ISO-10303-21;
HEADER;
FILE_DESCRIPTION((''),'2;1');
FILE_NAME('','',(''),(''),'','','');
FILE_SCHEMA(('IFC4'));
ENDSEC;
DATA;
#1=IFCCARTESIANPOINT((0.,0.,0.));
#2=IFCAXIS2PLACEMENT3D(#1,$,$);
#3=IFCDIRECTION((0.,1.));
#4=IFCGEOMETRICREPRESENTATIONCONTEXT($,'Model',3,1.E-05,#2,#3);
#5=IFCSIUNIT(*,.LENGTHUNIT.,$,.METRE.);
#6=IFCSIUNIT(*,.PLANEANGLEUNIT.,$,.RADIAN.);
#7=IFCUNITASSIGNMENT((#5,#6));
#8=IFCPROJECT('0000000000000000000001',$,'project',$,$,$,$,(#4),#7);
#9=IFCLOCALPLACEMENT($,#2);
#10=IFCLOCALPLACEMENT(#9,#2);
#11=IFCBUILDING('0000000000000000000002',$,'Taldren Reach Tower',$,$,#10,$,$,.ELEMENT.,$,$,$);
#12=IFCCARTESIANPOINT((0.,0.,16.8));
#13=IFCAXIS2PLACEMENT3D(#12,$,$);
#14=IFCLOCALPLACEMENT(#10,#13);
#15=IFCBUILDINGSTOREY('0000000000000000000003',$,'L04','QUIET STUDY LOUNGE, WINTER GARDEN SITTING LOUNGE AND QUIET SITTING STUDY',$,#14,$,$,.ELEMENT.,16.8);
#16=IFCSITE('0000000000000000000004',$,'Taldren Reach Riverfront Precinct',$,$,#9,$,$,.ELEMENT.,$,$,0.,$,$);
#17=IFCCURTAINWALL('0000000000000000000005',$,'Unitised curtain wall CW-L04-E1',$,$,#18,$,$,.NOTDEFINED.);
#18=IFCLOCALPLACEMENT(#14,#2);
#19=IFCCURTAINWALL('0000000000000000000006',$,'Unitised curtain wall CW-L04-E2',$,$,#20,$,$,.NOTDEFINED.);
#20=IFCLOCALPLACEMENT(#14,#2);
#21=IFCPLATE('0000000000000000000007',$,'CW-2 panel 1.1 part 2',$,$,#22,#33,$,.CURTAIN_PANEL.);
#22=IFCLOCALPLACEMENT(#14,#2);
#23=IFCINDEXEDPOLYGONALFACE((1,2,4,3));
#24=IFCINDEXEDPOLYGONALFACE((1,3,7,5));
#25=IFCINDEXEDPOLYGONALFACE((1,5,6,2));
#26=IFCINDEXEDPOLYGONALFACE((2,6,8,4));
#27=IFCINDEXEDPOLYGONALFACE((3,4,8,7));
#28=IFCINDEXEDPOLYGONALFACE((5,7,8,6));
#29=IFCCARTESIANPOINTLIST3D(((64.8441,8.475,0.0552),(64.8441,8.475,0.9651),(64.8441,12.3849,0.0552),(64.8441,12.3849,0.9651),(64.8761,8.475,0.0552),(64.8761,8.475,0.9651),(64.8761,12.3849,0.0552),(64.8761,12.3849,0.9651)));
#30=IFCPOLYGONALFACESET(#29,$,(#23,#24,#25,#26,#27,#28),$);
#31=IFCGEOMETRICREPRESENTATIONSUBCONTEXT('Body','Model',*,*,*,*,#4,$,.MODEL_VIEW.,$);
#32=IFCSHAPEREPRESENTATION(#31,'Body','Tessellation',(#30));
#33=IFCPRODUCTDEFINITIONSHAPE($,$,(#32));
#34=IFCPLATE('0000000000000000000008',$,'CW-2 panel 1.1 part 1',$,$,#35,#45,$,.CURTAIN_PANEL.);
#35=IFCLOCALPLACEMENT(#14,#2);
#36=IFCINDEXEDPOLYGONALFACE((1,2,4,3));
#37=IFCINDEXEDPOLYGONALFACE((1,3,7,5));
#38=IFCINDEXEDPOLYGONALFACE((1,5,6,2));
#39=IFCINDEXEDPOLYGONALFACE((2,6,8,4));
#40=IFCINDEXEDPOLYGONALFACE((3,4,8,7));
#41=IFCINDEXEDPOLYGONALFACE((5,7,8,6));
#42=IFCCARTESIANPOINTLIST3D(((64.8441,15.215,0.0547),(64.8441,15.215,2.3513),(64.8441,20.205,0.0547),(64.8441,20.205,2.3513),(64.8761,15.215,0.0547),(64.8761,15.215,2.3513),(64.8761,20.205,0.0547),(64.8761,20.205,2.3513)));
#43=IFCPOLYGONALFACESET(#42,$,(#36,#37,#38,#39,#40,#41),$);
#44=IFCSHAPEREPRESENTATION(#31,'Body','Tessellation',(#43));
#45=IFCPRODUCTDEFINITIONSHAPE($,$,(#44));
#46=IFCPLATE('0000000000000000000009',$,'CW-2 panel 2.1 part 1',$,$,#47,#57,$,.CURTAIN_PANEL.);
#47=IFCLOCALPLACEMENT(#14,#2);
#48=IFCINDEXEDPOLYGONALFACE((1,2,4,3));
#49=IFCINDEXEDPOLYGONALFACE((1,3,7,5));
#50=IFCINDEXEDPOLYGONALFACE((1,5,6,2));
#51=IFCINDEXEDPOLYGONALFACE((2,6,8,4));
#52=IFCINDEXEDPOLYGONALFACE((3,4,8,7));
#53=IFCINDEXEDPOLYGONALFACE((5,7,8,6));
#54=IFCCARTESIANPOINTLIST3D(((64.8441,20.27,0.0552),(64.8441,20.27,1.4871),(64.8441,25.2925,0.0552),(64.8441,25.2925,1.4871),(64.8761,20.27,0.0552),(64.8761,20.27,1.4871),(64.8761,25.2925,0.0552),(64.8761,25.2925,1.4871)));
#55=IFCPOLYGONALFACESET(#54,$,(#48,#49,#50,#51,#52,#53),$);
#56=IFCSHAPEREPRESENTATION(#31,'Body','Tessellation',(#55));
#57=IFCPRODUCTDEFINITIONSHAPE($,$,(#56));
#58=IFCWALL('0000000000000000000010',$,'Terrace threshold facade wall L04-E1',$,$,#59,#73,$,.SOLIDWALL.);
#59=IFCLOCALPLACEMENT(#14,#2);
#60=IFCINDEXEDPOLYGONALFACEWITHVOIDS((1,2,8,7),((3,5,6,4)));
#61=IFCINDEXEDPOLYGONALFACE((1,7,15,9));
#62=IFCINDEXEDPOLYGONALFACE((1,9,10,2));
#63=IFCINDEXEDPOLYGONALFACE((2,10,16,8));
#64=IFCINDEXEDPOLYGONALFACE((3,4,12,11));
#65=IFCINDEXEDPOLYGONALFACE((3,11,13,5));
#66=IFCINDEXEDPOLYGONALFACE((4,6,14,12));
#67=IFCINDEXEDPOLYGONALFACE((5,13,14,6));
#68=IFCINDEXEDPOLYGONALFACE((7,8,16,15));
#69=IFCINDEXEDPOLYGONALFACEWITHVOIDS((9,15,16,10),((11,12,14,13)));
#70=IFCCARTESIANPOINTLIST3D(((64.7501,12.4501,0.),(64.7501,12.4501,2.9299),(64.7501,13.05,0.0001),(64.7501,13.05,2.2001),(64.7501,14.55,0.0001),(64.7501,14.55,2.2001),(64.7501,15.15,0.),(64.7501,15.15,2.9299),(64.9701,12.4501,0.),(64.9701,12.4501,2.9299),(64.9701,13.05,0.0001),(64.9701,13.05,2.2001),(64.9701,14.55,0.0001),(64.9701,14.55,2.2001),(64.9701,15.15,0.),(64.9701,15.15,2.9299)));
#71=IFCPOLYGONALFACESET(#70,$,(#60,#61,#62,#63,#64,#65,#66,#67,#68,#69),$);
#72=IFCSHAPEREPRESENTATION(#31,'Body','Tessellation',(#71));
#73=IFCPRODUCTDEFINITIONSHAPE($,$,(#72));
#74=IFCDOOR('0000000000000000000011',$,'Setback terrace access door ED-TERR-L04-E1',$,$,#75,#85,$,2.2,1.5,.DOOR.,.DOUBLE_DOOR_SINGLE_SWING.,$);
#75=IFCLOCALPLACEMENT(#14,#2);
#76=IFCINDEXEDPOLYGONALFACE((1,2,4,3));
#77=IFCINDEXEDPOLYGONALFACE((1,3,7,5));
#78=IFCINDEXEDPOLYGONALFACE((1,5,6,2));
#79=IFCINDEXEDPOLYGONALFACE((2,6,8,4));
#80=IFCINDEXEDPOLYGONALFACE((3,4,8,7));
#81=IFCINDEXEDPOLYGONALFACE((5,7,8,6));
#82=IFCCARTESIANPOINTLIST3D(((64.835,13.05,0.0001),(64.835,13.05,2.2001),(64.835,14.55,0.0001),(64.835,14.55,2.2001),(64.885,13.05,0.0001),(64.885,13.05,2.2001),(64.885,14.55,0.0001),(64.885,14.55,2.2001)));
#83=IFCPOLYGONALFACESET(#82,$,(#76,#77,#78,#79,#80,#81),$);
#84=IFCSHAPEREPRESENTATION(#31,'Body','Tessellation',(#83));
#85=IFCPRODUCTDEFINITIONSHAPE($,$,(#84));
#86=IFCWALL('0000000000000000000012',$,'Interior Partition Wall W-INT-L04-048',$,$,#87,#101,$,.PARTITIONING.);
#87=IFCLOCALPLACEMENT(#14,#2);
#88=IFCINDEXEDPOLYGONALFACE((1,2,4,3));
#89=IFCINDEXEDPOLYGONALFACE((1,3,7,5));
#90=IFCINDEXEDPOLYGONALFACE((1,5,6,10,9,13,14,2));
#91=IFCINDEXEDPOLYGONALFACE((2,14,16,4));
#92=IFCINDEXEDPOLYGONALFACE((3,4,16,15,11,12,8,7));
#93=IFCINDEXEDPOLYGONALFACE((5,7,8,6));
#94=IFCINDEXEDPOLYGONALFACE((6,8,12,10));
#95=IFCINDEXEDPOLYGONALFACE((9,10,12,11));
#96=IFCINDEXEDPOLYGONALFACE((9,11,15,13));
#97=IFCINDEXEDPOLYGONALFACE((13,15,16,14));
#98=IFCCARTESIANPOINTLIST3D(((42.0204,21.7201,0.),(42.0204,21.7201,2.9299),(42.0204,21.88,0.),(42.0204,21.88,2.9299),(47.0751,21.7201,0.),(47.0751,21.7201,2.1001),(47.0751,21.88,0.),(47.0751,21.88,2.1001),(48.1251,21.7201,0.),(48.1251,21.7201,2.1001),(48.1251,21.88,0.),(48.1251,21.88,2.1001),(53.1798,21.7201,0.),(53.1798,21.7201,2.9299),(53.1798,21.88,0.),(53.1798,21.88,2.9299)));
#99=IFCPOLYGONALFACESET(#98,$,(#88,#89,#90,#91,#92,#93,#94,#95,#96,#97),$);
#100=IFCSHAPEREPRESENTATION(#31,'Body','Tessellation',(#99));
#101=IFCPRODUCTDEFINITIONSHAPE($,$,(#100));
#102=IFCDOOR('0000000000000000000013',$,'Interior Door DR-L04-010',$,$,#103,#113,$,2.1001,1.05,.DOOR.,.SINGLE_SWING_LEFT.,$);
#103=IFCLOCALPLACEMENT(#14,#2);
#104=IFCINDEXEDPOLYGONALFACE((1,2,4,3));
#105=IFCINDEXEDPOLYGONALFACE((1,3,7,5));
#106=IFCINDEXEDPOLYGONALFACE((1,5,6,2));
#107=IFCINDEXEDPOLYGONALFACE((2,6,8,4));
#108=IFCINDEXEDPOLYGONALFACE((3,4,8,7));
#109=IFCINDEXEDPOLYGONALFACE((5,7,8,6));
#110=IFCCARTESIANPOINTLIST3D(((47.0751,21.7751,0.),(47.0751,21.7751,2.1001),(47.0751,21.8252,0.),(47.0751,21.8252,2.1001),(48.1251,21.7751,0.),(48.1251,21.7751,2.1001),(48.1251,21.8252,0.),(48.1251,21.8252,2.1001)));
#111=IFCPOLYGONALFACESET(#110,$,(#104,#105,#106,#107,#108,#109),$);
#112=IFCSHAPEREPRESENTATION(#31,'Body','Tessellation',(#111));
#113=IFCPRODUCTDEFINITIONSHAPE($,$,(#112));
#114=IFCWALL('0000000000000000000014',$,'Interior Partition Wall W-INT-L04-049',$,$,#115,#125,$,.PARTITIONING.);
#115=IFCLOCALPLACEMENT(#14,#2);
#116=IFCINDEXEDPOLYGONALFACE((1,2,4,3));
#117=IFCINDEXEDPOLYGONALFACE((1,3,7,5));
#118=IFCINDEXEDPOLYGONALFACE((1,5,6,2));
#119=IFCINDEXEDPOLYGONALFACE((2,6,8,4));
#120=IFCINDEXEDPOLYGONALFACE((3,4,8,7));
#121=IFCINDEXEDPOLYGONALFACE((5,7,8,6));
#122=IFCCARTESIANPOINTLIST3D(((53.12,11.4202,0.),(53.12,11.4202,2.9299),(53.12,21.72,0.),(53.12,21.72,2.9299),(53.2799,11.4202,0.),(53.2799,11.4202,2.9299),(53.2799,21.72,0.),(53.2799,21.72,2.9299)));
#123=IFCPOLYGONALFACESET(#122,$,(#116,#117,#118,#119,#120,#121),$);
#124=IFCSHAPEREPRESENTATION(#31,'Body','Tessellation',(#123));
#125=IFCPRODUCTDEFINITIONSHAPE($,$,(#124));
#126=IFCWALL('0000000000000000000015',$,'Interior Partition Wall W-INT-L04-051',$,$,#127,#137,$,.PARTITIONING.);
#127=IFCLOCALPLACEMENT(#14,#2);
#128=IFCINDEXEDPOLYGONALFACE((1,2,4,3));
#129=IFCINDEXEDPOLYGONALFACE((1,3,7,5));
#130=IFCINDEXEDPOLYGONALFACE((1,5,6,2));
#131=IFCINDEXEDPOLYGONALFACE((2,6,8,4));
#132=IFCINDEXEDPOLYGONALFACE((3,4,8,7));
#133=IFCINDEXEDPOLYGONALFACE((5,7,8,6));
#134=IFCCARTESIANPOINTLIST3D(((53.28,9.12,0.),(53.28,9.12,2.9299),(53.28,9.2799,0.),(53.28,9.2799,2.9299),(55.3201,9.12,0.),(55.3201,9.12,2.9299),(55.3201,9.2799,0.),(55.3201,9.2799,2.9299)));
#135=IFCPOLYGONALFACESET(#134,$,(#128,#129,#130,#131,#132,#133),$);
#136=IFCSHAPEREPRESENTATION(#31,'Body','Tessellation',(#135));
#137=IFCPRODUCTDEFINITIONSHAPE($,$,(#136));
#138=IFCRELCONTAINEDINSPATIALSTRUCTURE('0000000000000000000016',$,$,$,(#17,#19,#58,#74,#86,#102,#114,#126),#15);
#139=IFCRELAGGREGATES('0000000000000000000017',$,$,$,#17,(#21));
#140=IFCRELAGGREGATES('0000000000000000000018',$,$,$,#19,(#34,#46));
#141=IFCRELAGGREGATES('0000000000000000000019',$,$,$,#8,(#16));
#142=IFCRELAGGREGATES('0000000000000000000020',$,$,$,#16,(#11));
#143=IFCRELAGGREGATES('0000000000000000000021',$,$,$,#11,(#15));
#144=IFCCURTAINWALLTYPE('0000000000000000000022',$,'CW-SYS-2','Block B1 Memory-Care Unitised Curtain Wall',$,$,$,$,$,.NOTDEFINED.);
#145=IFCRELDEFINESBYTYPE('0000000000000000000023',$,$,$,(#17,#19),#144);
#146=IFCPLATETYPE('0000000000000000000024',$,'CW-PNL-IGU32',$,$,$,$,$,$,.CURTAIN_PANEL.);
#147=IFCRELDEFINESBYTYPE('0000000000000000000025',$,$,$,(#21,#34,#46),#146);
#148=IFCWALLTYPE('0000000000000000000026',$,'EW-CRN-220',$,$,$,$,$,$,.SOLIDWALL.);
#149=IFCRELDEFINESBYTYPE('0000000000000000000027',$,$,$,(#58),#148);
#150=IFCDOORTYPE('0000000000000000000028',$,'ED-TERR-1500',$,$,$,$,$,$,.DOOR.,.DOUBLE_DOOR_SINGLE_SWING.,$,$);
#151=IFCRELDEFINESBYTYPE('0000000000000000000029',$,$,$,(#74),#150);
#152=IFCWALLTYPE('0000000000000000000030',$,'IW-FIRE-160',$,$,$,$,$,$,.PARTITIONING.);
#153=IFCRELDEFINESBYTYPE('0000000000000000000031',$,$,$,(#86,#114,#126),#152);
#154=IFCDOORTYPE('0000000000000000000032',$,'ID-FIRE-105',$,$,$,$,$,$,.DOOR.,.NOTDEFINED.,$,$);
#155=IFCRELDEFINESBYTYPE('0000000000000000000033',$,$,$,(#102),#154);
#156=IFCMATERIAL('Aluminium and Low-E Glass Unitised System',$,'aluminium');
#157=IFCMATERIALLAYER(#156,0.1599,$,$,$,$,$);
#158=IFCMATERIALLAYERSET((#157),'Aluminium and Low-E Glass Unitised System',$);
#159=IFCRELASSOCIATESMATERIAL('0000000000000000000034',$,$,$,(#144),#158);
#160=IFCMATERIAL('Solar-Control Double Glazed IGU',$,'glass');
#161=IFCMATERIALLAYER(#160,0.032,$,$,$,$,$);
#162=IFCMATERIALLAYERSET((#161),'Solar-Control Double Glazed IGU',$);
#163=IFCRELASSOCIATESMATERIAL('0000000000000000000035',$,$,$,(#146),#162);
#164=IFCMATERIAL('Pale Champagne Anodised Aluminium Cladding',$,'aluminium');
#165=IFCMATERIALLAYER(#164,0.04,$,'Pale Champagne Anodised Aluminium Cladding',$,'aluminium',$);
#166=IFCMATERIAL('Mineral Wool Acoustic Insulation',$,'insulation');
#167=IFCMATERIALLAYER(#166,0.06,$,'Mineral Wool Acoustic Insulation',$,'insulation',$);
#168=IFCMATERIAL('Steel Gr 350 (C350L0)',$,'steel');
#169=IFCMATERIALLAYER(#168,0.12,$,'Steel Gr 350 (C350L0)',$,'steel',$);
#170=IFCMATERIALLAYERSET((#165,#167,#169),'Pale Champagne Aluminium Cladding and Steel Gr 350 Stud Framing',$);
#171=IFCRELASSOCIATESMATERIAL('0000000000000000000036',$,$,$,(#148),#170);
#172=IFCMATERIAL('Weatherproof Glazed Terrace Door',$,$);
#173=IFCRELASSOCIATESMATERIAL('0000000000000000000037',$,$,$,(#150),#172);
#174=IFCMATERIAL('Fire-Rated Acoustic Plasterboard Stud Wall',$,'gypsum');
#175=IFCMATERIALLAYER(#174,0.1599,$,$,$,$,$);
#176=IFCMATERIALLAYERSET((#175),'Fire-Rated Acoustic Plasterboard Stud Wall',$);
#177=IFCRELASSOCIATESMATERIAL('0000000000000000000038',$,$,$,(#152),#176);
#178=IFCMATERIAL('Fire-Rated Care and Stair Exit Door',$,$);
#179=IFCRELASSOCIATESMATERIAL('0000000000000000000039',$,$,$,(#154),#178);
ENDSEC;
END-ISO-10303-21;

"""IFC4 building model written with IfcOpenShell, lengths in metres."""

from ifc_helpers import new_model, si_unit, direction, frame, frame_2d, origin, origin_2d, place, context, subcontext, project, spatial, rectangle, extrude, source, transform, mapped, material, layer, layer_set, type_object, element, fill, aggregate, save


model = new_model("IFC4")

# Units and contexts
model_context = context("Model", 3, precision=1e-05, world=origin(), true_north=direction((0.0, 1.0)))
body_context = subcontext(model_context, "Body", "Model", "MODEL_VIEW")
ifc_project = project(units=[si_unit("LENGTHUNIT", "METRE"), si_unit("PLANEANGLEUNIT", "RADIAN")], contexts=[model_context])

# Site, building, storey
site_placement = place(None, origin())
site = spatial("IfcSite", under=ifc_project, at=site_placement, Name="Taldren Reach Riverfront Precinct", CompositionType="ELEMENT", RefElevation=0.0)
building_placement = place(site_placement, origin())
building = spatial("IfcBuilding", under=site, at=building_placement, Name="Taldren Reach Tower", CompositionType="ELEMENT")
storey_placement = place(building_placement, frame((0.0, 0.0, 16.8)))
storey = spatial("IfcBuildingStorey", under=building, at=storey_placement, Name="L04", Description="QUIET STUDY LOUNGE, WINTER GARDEN SITTING LOUNGE AND QUIET SITTING STUDY", CompositionType="ELEMENT", Elevation=16.8)

# Shared definitions
ifc_material_1 = material(Name="Steel Gr 350 (C350L0)", Category="steel")

# Curtain wall
ifc_material_2 = material(Name="Aluminium and Low-E Glass Unitised System", Category="aluminium")
ifc_layer_1 = layer(ifc_material_2, 0.1599)
ifc_layer_set_1 = layer_set([ifc_layer_1], Name="Aluminium and Low-E Glass Unitised System")
curtain_wall_type = type_object("IfcCurtainWallType", Name="CW-SYS-2", Description="Block B1 Memory-Care Unitised Curtain Wall", PredefinedType="NOTDEFINED", material=ifc_layer_set_1)
curtain_wall_1_placement = place(storey_placement, origin())
curtain_wall_1 = element("IfcCurtainWall", 1, at=curtain_wall_1_placement, inside=storey, type_object=curtain_wall_type, Name="Unitised curtain wall CW-L04-E1", PredefinedType="NOTDEFINED")

# Curtain wall
curtain_wall_2_placement = place(storey_placement, origin())
curtain_wall_2 = element("IfcCurtainWall", 2, at=curtain_wall_2_placement, inside=storey, type_object=curtain_wall_type, Name="Unitised curtain wall CW-L04-E2", PredefinedType="NOTDEFINED")

# Plates
ifc_material_3 = material(Name="Solar-Control Double Glazed IGU", Category="glass")
ifc_layer_2 = layer(ifc_material_3, 0.032)
ifc_layer_set_2 = layer_set([ifc_layer_2], Name="Solar-Control Double Glazed IGU")
plate_type_1 = type_object("IfcPlateType", Name="CW-PNL-IGU32", PredefinedType="CURTAIN_PANEL", material=ifc_layer_set_2)
shared_shape_1 = source(origin(), body_context, "Body", "SweptSolid", [
    extrude(rectangle(XDim=3.9099, YDim=0.032, at=origin_2d()), origin(), (0.0, 0.0, 1.0), 0.9099),
])
plate_1_placement = place(storey_placement, frame((64.8601, 10.4299, 0.0552), z_axis=(0.0, 0.0, 1.0), x_axis=(0.0, 1.0, 0.0)))
plate_1 = element("IfcPlate", 3, at=plate_1_placement, type_object=plate_type_1, Name="CW-2 panel 1.1 part 2", PredefinedType="CURTAIN_PANEL", context=body_context, shape_type="MappedRepresentation", body=[
    mapped(shared_shape_1, transform((0.0, 0.0, 0.0), scale=1.0)),
])
aggregate(curtain_wall_1, [plate_1])
shared_shape_2 = source(origin(), body_context, "Body", "SweptSolid", [
    extrude(rectangle(XDim=4.99, YDim=0.032, at=origin_2d()), origin(), (0.0, 0.0, 1.0), 2.2966),
])
plate_2_placement = place(storey_placement, frame((64.8601, 17.71, 0.0547), z_axis=(0.0, 0.0, 1.0), x_axis=(0.0, 1.0, 0.0)))
plate_2 = element("IfcPlate", 4, at=plate_2_placement, type_object=plate_type_1, Name="CW-2 panel 1.1 part 1", PredefinedType="CURTAIN_PANEL", context=body_context, shape_type="MappedRepresentation", body=[
    mapped(shared_shape_2, transform((0.0, 0.0, 0.0), scale=1.0)),
])
shared_shape_3 = source(origin(), body_context, "Body", "SweptSolid", [
    extrude(rectangle(XDim=5.0225, YDim=0.032, at=origin_2d()), origin(), (0.0, 0.0, 1.0), 1.4319),
])
plate_3_placement = place(storey_placement, frame((64.8601, 22.7812, 0.0552), z_axis=(0.0, 0.0, 1.0), x_axis=(0.0, 1.0, 0.0)))
plate_3 = element("IfcPlate", 5, at=plate_3_placement, type_object=plate_type_1, Name="CW-2 panel 2.1 part 1", PredefinedType="CURTAIN_PANEL", context=body_context, shape_type="MappedRepresentation", body=[
    mapped(shared_shape_3, transform((0.0, 0.0, 0.0), scale=1.0)),
])
aggregate(curtain_wall_2, [plate_2, plate_3])

# Walls, openings, doors
ifc_material_4 = material(Name="Pale Champagne Anodised Aluminium Cladding", Category="aluminium")
ifc_layer_3 = layer(ifc_material_4, 0.04, Name="Pale Champagne Anodised Aluminium Cladding", Category="aluminium")
ifc_material_5 = material(Name="Mineral Wool Acoustic Insulation", Category="insulation")
ifc_layer_4 = layer(ifc_material_5, 0.06, Name="Mineral Wool Acoustic Insulation", Category="insulation")
ifc_layer_5 = layer(ifc_material_1, 0.12, Name="Steel Gr 350 (C350L0)", Category="steel")
ifc_layer_set_3 = layer_set([ifc_layer_3, ifc_layer_4, ifc_layer_5], Name="Pale Champagne Aluminium Cladding and Steel Gr 350 Stud Framing")
wall_type_1 = type_object("IfcWallType", Name="EW-CRN-220", PredefinedType="SOLIDWALL", material=ifc_layer_set_3)
shared_shape_4 = source(origin(), body_context, "Body", "SweptSolid", [
    extrude(rectangle(XDim=2.7, YDim=0.22, at=frame_2d((1.3501, 0.0))), origin(), (0.0, 0.0, 1.0), 2.9299),
])
wall_1_placement = place(storey_placement, frame((64.8601, 12.45, 0.0), z_axis=(0.0, 0.0, 1.0), x_axis=(0.0, 1.0, 0.0)))
wall_1 = element("IfcWall", 6, at=wall_1_placement, inside=storey, type_object=wall_type_1, Name="Terrace threshold facade wall L04-E1", PredefinedType="SOLIDWALL", context=body_context, shape_type="MappedRepresentation", body=[
    mapped(shared_shape_4, transform((0.0, 0.0, 0.0), scale=1.0)),
])
shared_shape_5 = source(origin(), body_context, "Body", "SweptSolid", [
    extrude(rectangle(XDim=1.5, YDim=2.2, at=frame_2d((0.75, 1.1001))), frame((0.0, 0.1201, 0.0), z_axis=(0.0, -1.0, 0.0), x_axis=(1.0, 0.0, 0.0)), (0.0, 0.0, 1.0), 0.24),
])
opening_1_placement = place(wall_1_placement, frame((0.6001, 0.0, 0.0)))
opening_1 = element("IfcOpeningElement", 7, at=opening_1_placement, cuts=wall_1, PredefinedType="OPENING", context=body_context, shape_type="MappedRepresentation", body=[
    mapped(shared_shape_5, transform((0.0, 0.0, 0.0), scale=1.0)),
])
ifc_material_6 = material(Name="Weatherproof Glazed Terrace Door")
door_type_1 = type_object("IfcDoorType", Name="ED-TERR-1500", OperationType="DOUBLE_DOOR_SINGLE_SWING", PredefinedType="DOOR", material=ifc_material_6)
shared_shape_6 = source(origin(), body_context, "Body", "SweptSolid", [
    extrude(rectangle(XDim=1.5, YDim=2.2, at=frame_2d((0.75, 1.1001))), frame((0.0, 0.0249, 0.0), z_axis=(0.0, -1.0, 0.0), x_axis=(1.0, 0.0, 0.0)), (0.0, 0.0, 1.0), 0.05),
])
door_1_placement = place(opening_1_placement, frame((1.5, 0.0, 0.0), z_axis=(0.0, 0.0, 1.0), x_axis=(-1.0, 0.0, 0.0)))
door_1 = element("IfcDoor", 8, at=door_1_placement, inside=storey, type_object=door_type_1, Name="Setback terrace access door ED-TERR-L04-E1", OperationType="DOUBLE_DOOR_SINGLE_SWING", OverallHeight=2.2, OverallWidth=1.5, PredefinedType="DOOR", context=body_context, shape_type="MappedRepresentation", body=[
    mapped(shared_shape_6, transform((0.0, 0.0, 0.0), scale=1.0)),
])
fill(opening_1, door_1)
ifc_material_7 = material(Name="Fire-Rated Acoustic Plasterboard Stud Wall", Category="gypsum")
ifc_layer_6 = layer(ifc_material_7, 0.1599)
ifc_layer_set_4 = layer_set([ifc_layer_6], Name="Fire-Rated Acoustic Plasterboard Stud Wall")
wall_type_2 = type_object("IfcWallType", Name="IW-FIRE-160", PredefinedType="PARTITIONING", material=ifc_layer_set_4)
shared_shape_7 = source(origin(), body_context, "Body", "SweptSolid", [
    extrude(rectangle(XDim=11.1594, YDim=0.1599, at=frame_2d((5.5796, 0.0))), origin(), (0.0, 0.0, 1.0), 2.9299),
])
wall_2_placement = place(storey_placement, frame((53.1797, 21.8, 0.0), z_axis=(0.0, 0.0, 1.0), x_axis=(-1.0, 0.0, 0.0)))
wall_2 = element("IfcWall", 9, at=wall_2_placement, inside=storey, type_object=wall_type_2, Name="Interior Partition Wall W-INT-L04-048", PredefinedType="PARTITIONING", context=body_context, shape_type="MappedRepresentation", body=[
    mapped(shared_shape_7, transform((0.0, 0.0, 0.0), scale=1.0)),
])
shared_shape_8 = source(origin(), body_context, "Body", "SweptSolid", [
    extrude(rectangle(XDim=1.05, YDim=2.1001, at=frame_2d((0.5249, 1.05))), frame((0.0, 0.0898, 0.0), z_axis=(0.0, -1.0, 0.0), x_axis=(1.0, 0.0, 0.0)), (0.0, 0.0, 1.0), 0.1799),
])
opening_2_placement = place(wall_2_placement, frame((5.0547, 0.0, 0.0)))
opening_2 = element("IfcOpeningElement", 10, at=opening_2_placement, cuts=wall_2, PredefinedType="OPENING", context=body_context, shape_type="MappedRepresentation", body=[
    mapped(shared_shape_8, transform((0.0, 0.0, 0.0), scale=1.0)),
])
ifc_material_8 = material(Name="Fire-Rated Care and Stair Exit Door")
door_type_2 = type_object("IfcDoorType", Name="ID-FIRE-105", OperationType="NOTDEFINED", PredefinedType="DOOR", material=ifc_material_8)
shared_shape_9 = source(origin(), body_context, "Body", "SweptSolid", [
    extrude(rectangle(XDim=1.05, YDim=2.1001, at=frame_2d((0.5249, 1.05))), frame((0.0, 0.0249, 0.0), z_axis=(0.0, -1.0, 0.0), x_axis=(1.0, 0.0, 0.0)), (0.0, 0.0, 1.0), 0.05),
])
door_2_placement = place(opening_2_placement, origin())
door_2 = element("IfcDoor", 11, at=door_2_placement, inside=storey, type_object=door_type_2, Name="Interior Door DR-L04-010", OperationType="SINGLE_SWING_LEFT", OverallHeight=2.1001, OverallWidth=1.05, PredefinedType="DOOR", context=body_context, shape_type="MappedRepresentation", body=[
    mapped(shared_shape_9, transform((0.0, 0.0, 0.0), scale=1.0)),
])
fill(opening_2, door_2)

# Walls
shared_shape_10 = source(origin(), body_context, "Body", "SweptSolid", [
    extrude(rectangle(XDim=10.2998, YDim=0.1599, at=frame_2d((5.1499, 0.0))), origin(), (0.0, 0.0, 1.0), 2.9299),
])
wall_3_placement = place(storey_placement, frame((53.2, 11.4202, 0.0), z_axis=(0.0, 0.0, 1.0), x_axis=(0.0, 1.0, 0.0)))
element("IfcWall", 12, at=wall_3_placement, inside=storey, type_object=wall_type_2, Name="Interior Partition Wall W-INT-L04-049", PredefinedType="PARTITIONING", context=body_context, shape_type="MappedRepresentation", body=[
    mapped(shared_shape_10, transform((0.0, 0.0, 0.0), scale=1.0)),
])
shared_shape_11 = source(origin(), body_context, "Body", "SweptSolid", [
    extrude(rectangle(XDim=2.04, YDim=0.1599, at=frame_2d((1.02, 0.0))), origin(), (0.0, 0.0, 1.0), 2.9299),
])
wall_4_placement = place(storey_placement, frame((55.3201, 9.2, 0.0), z_axis=(0.0, 0.0, 1.0), x_axis=(-1.0, 0.0, 0.0)))
element("IfcWall", 13, at=wall_4_placement, inside=storey, type_object=wall_type_2, Name="Interior Partition Wall W-INT-L04-051", PredefinedType="PARTITIONING", context=body_context, shape_type="MappedRepresentation", body=[
    mapped(shared_shape_11, transform((0.0, 0.0, 0.0), scale=1.0)),
])

save(model, "model.ifc")
